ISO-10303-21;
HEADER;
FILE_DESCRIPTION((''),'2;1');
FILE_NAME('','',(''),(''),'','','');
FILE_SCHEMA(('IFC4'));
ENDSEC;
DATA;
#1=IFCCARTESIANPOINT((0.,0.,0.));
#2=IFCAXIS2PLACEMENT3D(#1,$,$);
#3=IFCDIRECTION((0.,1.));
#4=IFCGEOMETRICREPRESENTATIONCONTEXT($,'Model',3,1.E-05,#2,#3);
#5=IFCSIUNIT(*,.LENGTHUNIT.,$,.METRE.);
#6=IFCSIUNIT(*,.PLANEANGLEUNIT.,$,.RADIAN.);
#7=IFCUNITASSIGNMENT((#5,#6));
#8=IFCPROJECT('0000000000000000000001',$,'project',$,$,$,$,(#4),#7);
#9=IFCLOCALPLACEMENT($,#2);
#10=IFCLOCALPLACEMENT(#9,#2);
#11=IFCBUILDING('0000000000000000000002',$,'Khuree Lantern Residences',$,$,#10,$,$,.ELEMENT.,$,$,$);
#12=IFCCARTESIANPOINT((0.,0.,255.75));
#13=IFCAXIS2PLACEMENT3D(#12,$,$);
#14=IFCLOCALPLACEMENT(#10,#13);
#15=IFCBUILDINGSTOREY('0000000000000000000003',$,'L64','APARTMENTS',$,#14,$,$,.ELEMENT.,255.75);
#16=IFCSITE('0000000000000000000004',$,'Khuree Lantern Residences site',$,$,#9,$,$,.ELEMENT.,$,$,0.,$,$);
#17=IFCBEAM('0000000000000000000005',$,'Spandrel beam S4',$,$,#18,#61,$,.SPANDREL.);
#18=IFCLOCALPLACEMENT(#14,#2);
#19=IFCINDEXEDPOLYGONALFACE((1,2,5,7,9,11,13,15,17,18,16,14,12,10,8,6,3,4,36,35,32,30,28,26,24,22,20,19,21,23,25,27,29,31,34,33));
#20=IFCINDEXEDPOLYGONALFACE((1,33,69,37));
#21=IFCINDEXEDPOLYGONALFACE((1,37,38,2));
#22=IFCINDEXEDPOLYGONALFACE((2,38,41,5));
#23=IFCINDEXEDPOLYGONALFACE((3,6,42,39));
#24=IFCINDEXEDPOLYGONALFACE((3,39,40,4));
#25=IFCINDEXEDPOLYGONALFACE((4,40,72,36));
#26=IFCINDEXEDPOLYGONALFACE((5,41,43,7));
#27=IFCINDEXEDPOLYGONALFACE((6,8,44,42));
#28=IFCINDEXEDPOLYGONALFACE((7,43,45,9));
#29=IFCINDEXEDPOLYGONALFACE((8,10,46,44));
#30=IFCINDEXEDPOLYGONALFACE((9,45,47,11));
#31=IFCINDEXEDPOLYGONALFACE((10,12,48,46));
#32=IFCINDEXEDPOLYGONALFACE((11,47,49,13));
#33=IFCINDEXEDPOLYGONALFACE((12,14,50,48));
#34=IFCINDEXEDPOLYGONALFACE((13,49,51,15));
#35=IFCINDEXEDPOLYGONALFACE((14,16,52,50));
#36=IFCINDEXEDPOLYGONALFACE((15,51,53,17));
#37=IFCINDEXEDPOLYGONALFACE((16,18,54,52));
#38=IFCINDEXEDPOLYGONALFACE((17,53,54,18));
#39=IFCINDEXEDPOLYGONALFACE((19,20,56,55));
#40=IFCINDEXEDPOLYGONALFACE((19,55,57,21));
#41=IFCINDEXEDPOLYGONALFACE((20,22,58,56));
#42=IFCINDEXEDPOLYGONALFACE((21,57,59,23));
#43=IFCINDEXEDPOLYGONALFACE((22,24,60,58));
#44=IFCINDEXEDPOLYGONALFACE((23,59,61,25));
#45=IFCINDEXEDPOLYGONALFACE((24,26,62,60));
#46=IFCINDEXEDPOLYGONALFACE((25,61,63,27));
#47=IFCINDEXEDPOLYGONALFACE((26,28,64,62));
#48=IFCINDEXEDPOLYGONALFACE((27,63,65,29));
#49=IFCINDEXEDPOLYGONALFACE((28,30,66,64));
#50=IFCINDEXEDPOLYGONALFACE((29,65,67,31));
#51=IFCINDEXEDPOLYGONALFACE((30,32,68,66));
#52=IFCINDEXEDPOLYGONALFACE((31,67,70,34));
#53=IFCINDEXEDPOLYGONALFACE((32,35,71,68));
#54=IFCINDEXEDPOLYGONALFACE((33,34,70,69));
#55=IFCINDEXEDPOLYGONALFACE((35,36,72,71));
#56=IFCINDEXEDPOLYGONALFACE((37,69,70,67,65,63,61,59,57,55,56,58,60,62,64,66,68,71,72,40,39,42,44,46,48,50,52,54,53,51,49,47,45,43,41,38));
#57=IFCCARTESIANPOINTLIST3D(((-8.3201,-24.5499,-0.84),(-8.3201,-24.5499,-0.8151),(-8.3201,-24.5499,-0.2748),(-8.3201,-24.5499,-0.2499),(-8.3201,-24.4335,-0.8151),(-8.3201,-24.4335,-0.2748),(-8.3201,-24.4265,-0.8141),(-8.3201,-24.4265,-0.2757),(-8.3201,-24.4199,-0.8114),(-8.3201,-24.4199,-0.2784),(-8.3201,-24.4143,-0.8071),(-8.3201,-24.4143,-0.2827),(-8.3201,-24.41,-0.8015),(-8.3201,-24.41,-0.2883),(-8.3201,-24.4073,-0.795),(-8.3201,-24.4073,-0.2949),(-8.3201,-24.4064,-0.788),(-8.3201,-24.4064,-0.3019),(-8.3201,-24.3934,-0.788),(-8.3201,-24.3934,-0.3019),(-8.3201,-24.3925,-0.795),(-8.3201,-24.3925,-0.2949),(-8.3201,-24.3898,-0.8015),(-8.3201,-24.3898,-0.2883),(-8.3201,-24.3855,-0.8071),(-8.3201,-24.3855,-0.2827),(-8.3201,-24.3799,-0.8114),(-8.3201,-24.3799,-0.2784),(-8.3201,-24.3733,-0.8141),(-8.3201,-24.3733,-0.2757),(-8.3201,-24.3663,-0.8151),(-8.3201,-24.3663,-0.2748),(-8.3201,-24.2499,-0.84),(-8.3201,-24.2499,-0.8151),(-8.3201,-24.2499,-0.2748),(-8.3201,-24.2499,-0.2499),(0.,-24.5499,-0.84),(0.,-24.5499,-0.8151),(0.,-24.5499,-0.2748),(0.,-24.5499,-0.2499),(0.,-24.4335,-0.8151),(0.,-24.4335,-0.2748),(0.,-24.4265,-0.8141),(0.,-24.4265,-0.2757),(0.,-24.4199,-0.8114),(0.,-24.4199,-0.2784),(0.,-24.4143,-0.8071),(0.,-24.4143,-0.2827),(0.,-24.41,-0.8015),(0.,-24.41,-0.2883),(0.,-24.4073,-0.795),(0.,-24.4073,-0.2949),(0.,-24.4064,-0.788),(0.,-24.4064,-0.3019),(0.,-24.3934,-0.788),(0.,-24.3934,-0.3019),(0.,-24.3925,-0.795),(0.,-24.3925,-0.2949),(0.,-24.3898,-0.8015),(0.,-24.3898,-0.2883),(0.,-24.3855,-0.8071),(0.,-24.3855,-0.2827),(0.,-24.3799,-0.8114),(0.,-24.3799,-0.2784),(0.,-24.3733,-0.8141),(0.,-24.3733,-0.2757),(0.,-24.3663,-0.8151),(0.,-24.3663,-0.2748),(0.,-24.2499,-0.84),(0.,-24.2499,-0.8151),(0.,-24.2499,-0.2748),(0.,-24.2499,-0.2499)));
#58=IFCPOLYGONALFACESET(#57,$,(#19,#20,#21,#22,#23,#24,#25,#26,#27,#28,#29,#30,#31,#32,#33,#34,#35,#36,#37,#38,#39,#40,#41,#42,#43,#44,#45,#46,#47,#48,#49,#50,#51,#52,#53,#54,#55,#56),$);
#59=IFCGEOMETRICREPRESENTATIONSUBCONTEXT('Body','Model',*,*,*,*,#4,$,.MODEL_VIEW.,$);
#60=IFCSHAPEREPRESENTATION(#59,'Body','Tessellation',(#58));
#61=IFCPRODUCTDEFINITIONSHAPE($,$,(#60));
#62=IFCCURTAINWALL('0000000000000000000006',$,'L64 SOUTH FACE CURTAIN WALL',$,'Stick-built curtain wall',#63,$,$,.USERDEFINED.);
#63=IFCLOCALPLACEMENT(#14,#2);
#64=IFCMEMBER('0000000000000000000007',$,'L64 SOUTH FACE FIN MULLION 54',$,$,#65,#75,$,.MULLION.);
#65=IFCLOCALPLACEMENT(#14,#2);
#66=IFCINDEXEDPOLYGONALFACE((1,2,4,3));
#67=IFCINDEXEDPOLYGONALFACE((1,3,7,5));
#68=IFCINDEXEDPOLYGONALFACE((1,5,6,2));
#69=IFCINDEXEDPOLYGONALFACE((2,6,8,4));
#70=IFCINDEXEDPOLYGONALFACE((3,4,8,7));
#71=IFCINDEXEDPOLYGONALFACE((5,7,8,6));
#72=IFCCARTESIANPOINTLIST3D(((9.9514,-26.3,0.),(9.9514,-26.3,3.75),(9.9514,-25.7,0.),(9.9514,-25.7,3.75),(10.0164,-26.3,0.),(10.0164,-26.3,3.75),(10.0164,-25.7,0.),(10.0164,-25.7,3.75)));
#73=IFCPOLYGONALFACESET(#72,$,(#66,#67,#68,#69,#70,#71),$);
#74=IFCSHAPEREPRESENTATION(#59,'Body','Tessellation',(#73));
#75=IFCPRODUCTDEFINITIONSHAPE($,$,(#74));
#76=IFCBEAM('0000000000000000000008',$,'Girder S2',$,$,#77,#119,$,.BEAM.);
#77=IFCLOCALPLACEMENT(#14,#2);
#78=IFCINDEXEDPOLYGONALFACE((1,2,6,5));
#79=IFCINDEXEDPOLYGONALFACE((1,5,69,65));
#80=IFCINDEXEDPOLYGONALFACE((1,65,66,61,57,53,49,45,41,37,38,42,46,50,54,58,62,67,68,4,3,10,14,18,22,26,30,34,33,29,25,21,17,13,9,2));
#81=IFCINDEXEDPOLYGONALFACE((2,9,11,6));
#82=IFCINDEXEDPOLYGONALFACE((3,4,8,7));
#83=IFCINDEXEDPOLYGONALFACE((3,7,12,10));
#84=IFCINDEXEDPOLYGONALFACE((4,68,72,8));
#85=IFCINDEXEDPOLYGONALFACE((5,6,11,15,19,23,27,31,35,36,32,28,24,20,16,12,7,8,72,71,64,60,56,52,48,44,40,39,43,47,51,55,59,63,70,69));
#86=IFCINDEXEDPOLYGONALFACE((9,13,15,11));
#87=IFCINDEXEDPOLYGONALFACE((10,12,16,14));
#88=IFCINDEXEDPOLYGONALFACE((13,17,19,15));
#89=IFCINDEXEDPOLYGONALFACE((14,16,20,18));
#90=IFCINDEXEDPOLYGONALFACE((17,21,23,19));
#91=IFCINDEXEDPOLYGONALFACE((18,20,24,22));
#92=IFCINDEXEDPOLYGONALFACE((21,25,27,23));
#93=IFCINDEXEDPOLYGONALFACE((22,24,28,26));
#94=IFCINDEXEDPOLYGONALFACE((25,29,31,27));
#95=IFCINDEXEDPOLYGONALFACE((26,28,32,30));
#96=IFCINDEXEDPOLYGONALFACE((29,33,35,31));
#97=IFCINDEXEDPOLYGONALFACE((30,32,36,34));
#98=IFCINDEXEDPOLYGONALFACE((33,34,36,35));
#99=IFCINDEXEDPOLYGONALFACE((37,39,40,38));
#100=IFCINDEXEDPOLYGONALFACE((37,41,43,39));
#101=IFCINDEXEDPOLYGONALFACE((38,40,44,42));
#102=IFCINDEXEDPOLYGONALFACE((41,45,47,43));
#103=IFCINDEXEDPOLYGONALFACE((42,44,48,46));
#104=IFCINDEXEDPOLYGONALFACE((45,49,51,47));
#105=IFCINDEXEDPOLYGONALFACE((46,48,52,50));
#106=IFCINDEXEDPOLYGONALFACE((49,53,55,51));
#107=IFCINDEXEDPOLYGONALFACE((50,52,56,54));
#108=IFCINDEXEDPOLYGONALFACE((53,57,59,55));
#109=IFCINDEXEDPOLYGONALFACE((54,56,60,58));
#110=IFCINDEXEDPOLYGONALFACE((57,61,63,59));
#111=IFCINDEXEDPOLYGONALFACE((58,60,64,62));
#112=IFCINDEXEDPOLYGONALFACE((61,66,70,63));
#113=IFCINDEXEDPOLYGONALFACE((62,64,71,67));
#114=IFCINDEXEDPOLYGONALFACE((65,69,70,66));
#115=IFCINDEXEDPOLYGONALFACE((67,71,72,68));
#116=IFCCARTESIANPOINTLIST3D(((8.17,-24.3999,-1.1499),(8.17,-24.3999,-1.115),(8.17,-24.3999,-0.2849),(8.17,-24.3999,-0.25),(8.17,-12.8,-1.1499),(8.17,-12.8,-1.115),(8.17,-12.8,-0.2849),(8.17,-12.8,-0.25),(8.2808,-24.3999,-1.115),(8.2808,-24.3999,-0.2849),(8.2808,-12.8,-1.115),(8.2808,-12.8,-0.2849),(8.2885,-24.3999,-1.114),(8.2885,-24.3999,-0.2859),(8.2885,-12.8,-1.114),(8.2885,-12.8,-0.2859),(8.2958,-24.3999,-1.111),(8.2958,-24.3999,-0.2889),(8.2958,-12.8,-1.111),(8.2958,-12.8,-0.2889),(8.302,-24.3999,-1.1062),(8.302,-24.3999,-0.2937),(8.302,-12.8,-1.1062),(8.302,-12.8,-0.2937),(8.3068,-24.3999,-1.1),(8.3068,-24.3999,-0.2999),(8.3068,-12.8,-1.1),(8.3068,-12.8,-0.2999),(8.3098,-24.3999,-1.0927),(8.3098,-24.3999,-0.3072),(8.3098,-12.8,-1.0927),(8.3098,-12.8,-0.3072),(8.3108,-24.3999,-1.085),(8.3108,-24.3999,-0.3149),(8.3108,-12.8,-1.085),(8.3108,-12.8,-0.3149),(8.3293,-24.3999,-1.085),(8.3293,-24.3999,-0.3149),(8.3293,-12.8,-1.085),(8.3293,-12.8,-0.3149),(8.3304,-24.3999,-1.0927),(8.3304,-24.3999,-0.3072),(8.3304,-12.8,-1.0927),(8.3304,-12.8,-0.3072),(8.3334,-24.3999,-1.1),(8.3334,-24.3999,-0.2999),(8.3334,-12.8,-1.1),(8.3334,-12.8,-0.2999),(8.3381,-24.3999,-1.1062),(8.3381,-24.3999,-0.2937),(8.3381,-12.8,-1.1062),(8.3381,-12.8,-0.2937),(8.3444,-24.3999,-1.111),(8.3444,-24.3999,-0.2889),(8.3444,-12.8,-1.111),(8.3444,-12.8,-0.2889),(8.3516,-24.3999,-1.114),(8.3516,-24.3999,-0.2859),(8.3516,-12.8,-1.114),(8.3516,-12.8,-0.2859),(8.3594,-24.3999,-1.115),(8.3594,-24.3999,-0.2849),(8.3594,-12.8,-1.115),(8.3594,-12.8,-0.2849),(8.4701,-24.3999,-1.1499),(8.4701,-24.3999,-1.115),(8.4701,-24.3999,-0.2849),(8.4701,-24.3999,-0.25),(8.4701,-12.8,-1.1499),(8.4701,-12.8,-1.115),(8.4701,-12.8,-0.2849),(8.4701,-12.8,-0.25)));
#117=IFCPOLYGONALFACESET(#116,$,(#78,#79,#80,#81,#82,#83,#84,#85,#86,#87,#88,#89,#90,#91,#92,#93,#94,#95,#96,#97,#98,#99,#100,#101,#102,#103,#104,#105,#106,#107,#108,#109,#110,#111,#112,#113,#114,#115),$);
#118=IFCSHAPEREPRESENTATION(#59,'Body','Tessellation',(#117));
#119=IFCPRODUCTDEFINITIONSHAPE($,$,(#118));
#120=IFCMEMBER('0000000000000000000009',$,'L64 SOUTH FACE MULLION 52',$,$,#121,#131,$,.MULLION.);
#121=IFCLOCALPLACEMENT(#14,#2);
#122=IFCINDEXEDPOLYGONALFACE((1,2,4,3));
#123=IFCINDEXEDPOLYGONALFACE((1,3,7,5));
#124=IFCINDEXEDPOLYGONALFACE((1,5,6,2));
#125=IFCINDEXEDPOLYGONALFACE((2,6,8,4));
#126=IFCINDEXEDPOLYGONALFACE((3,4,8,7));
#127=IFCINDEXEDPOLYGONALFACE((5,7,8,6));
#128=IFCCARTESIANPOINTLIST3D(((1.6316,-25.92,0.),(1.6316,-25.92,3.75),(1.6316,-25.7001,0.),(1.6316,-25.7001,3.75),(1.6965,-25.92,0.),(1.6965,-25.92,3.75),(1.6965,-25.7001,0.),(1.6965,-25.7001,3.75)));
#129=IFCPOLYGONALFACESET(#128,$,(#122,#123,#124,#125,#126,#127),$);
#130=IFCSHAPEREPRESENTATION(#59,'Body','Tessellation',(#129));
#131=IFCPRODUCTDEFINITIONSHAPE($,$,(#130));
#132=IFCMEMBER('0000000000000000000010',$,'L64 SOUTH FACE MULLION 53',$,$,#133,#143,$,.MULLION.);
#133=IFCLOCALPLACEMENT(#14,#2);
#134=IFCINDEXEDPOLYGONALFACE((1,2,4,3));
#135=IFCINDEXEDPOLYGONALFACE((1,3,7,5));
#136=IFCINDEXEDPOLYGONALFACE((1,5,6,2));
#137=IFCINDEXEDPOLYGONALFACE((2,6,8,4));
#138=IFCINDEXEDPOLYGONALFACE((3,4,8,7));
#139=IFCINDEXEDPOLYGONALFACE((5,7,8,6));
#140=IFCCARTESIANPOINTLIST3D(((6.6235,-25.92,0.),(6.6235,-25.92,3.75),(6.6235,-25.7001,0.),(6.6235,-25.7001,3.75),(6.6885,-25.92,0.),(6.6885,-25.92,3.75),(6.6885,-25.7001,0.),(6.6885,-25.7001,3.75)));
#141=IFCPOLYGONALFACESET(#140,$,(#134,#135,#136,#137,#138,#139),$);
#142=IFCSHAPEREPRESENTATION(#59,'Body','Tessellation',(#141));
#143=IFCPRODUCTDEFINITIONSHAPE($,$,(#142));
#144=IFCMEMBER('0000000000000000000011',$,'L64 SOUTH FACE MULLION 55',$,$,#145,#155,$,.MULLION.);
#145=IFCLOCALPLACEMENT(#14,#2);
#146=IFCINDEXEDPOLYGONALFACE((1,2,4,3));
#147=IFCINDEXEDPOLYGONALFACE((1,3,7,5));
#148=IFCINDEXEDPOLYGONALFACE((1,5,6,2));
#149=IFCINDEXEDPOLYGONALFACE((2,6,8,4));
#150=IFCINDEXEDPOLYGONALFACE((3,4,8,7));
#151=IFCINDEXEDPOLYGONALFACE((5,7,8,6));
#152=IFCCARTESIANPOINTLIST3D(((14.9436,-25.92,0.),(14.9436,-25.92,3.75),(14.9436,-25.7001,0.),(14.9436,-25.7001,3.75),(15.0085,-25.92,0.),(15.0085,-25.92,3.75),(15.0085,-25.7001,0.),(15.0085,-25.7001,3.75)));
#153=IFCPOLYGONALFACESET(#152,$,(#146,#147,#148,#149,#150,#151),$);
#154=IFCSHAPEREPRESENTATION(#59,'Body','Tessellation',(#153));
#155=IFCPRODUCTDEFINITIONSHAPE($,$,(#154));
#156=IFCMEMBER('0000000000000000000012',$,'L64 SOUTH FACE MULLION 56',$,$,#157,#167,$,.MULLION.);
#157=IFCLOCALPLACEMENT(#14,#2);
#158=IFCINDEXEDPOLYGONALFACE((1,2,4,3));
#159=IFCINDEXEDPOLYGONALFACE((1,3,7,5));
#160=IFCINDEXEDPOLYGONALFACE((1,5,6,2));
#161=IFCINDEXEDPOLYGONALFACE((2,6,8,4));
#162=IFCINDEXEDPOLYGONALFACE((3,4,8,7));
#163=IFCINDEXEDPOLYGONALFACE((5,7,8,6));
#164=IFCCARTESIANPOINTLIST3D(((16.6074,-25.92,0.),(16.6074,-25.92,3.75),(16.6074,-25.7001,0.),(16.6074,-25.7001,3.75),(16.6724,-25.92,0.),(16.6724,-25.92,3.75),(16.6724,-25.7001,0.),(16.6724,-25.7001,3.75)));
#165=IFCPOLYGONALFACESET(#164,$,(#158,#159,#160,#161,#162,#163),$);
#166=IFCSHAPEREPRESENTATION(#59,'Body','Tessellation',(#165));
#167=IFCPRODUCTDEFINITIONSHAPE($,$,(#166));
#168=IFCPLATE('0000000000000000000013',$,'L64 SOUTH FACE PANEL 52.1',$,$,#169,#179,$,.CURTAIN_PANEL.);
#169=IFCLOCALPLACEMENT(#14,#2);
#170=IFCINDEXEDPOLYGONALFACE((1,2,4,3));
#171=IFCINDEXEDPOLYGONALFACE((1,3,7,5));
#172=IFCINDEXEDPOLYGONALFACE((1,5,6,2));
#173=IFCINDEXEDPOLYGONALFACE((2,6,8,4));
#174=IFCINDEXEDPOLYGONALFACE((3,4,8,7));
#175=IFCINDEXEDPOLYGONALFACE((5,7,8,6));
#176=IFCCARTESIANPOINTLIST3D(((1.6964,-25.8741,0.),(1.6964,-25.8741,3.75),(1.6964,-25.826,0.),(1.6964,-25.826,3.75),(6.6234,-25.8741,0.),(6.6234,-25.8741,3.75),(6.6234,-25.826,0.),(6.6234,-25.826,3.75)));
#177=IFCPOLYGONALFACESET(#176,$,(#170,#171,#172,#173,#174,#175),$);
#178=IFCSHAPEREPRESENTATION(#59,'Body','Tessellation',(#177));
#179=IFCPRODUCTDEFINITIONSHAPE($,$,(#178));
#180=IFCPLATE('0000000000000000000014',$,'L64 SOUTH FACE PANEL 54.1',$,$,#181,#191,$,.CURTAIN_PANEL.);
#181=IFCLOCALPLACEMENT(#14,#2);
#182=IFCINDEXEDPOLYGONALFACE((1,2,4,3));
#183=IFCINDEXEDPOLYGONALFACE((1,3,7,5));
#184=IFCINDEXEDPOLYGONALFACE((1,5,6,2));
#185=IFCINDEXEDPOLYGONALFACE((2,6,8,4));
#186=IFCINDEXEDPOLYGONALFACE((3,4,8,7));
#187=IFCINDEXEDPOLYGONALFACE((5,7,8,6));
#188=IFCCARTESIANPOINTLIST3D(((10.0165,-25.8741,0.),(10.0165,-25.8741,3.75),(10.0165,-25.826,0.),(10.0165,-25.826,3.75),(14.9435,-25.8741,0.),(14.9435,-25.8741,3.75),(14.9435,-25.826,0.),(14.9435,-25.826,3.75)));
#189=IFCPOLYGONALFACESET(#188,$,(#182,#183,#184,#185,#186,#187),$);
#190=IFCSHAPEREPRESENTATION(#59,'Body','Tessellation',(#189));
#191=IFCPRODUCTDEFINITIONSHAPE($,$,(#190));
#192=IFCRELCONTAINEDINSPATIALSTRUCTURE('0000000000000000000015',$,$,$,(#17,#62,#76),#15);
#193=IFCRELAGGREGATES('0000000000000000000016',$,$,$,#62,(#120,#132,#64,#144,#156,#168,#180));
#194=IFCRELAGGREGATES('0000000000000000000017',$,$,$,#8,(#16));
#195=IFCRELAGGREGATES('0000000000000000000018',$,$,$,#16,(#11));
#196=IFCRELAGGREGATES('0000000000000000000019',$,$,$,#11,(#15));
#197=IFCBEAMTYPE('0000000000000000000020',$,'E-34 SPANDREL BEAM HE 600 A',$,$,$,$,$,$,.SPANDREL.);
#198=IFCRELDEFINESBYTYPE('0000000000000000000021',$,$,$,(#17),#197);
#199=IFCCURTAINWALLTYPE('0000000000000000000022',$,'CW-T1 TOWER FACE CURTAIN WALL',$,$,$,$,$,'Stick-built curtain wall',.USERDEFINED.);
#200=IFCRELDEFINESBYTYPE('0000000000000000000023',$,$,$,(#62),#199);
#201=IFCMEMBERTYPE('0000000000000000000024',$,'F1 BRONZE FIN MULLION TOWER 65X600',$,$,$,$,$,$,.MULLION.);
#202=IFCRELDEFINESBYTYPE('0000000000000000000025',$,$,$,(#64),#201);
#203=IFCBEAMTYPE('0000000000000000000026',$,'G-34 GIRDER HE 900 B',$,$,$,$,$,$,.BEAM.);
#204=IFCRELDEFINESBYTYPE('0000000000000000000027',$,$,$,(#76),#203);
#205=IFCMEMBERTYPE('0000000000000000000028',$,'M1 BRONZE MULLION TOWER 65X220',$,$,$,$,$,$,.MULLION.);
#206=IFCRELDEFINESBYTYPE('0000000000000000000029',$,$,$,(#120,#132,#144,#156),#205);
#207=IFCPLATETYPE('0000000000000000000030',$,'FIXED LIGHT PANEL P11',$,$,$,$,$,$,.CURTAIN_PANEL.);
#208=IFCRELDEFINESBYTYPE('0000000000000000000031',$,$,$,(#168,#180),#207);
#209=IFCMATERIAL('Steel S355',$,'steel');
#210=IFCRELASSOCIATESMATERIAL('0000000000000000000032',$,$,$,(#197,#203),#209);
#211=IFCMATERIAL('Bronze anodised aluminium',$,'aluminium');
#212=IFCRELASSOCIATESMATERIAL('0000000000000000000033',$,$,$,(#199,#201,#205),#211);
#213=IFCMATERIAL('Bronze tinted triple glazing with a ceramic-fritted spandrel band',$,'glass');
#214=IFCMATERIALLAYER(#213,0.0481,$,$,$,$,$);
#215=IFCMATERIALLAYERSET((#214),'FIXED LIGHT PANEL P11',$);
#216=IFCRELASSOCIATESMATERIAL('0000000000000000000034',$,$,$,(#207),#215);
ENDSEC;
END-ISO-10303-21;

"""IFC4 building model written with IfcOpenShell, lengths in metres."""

from ifc_helpers import new_model, si_unit, direction, frame, origin, origin_2d, place, context, subcontext, project, spatial, rectangle, i_section, extrude, material, layer, layer_set, material_profile, profile_set, type_object, element, aggregate, save


model = new_model("IFC4")

# Units and contexts
model_context = context("Model", 3, precision=1e-05, world=origin(), true_north=direction((0.0, 1.0)))
body_context = subcontext(model_context, "Body", "Model", "MODEL_VIEW")
ifc_project = project(units=[si_unit("LENGTHUNIT", "METRE"), si_unit("PLANEANGLEUNIT", "RADIAN")], contexts=[model_context])

# Site, building, storey
site_placement = place(None, origin())
site = spatial("IfcSite", under=ifc_project, at=site_placement, Name="Khuree Lantern Residences site", CompositionType="ELEMENT", RefElevation=0.0)
building_placement = place(site_placement, origin())
building = spatial("IfcBuilding", under=site, at=building_placement, Name="Khuree Lantern Residences", CompositionType="ELEMENT")
storey_placement = place(building_placement, frame((0.0, 0.0, 255.75)))
storey = spatial("IfcBuildingStorey", under=building, at=storey_placement, Name="L64", Description="APARTMENTS", CompositionType="ELEMENT", Elevation=255.75)

# Beam
ifc_material_1 = material(Name="Steel S355", Category="steel")
ifc_material_profile_1 = material_profile(ifc_material_1, i_section(OverallWidth=0.3, OverallDepth=0.5901, WebThickness=0.0129, FlangeThickness=0.0249, FilletRadius=0.0271, at=origin_2d()), Name="HE 600 A")
ifc_profile_set_1 = profile_set([ifc_material_profile_1], Name="Steel S355")
beam_type_1 = type_object("IfcBeamType", Name="E-34 SPANDREL BEAM HE 600 A", PredefinedType="SPANDREL", material=ifc_profile_set_1)
for number, where, z_axis, x_axis, name in (
    (1, (0.0, -24.3999, -0.5449), (-1.0, 0.0, 0.0), (0.0, -1.0, 0.0), "Spandrel beam S4"),
):
    element("IfcBeam", number, at=place(storey_placement, frame(where, z_axis=z_axis, x_axis=x_axis)), inside=storey, type_object=beam_type_1, Name=name, PredefinedType="SPANDREL", context=body_context, shape_type="SweptSolid", body=[
        extrude(i_section(OverallWidth=0.3, OverallDepth=0.5901, WebThickness=0.0129, FlangeThickness=0.0249, FilletRadius=0.0271, at=origin_2d()), origin(), (0.0, 0.0, 1.0), 8.3201),
    ])

# Curtain wall, member
ifc_material_2 = material(Name="Bronze anodised aluminium", Category="aluminium")
curtain_wall_type = type_object("IfcCurtainWallType", Name="CW-T1 TOWER FACE CURTAIN WALL", ElementType="Stick-built curtain wall", PredefinedType="USERDEFINED", material=ifc_material_2)
curtain_wall_placement = place(storey_placement, origin())
curtain_wall = element("IfcCurtainWall", 2, at=curtain_wall_placement, inside=storey, type_object=curtain_wall_type, Name="L64 SOUTH FACE CURTAIN WALL", ObjectType="Stick-built curtain wall", PredefinedType="USERDEFINED")
ifc_material_profile_2 = material_profile(ifc_material_2, rectangle(XDim=0.0649, YDim=0.6001, at=origin_2d()), Name="F1 65X600")
ifc_profile_set_2 = profile_set([ifc_material_profile_2], Name="Bronze anodised aluminium")
member_type_1 = type_object("IfcMemberType", Name="F1 BRONZE FIN MULLION TOWER 65X600", PredefinedType="MULLION", material=ifc_profile_set_2)
member_1_placement = place(storey_placement, frame((9.9839, -26.0, 0.0), z_axis=(0.0, 0.0, 1.0), x_axis=(1.0, 0.0, 0.0)))
member_1 = element("IfcMember", 3, at=member_1_placement, type_object=member_type_1, Name="L64 SOUTH FACE FIN MULLION 54", PredefinedType="MULLION", context=body_context, shape_type="SweptSolid", body=[
    extrude(rectangle(XDim=0.0649, YDim=0.6001, at=origin_2d()), origin(), (0.0, 0.0, 1.0), 3.75),
])

# Beam
ifc_material_profile_3 = material_profile(ifc_material_1, i_section(OverallWidth=0.3, OverallDepth=0.8999, WebThickness=0.0186, FlangeThickness=0.0349, FilletRadius=0.03, at=origin_2d()), Name="HE 900 B")
ifc_profile_set_3 = profile_set([ifc_material_profile_3], Name="Steel S355")
beam_type_2 = type_object("IfcBeamType", Name="G-34 GIRDER HE 900 B", PredefinedType="BEAM", material=ifc_profile_set_3)
beam_placement = place(storey_placement, frame((8.3201, -24.3999, -0.7), z_axis=(0.0, 1.0, 0.0), x_axis=(-1.0, 0.0, 0.0)))
element("IfcBeam", 4, at=beam_placement, inside=storey, type_object=beam_type_2, Name="Girder S2", PredefinedType="BEAM", context=body_context, shape_type="SweptSolid", body=[
    extrude(i_section(OverallWidth=0.3, OverallDepth=0.8999, WebThickness=0.0186, FlangeThickness=0.0349, FilletRadius=0.03, at=origin_2d()), origin(), (0.0, 0.0, 1.0), 11.5999),
])

# Members
ifc_material_profile_4 = material_profile(ifc_material_2, rectangle(XDim=0.0649, YDim=0.22, at=origin_2d()), Name="M1 65X220")
ifc_profile_set_4 = profile_set([ifc_material_profile_4], Name="Bronze anodised aluminium")
member_type_2 = type_object("IfcMemberType", Name="M1 BRONZE MULLION TOWER 65X220", PredefinedType="MULLION", material=ifc_profile_set_4)
member_2_placement = place(storey_placement, frame((1.6641, -25.8101, 0.0), z_axis=(0.0, 0.0, 1.0), x_axis=(1.0, 0.0, 0.0)))
member_2 = element("IfcMember", 5, at=member_2_placement, type_object=member_type_2, Name="L64 SOUTH FACE MULLION 52", PredefinedType="MULLION", context=body_context, shape_type="SweptSolid", body=[
    extrude(rectangle(XDim=0.0649, YDim=0.22, at=origin_2d()), origin(), (0.0, 0.0, 1.0), 3.75),
])
member_3_placement = place(storey_placement, frame((6.656, -25.8101, 0.0), z_axis=(0.0, 0.0, 1.0), x_axis=(1.0, 0.0, 0.0)))
member_3 = element("IfcMember", 6, at=member_3_placement, type_object=member_type_2, Name="L64 SOUTH FACE MULLION 53", PredefinedType="MULLION", context=body_context, shape_type="SweptSolid", body=[
    extrude(rectangle(XDim=0.0649, YDim=0.22, at=origin_2d()), origin(), (0.0, 0.0, 1.0), 3.75),
])
member_4_placement = place(storey_placement, frame((14.9761, -25.8101, 0.0), z_axis=(0.0, 0.0, 1.0), x_axis=(1.0, 0.0, 0.0)))
member_4 = element("IfcMember", 7, at=member_4_placement, type_object=member_type_2, Name="L64 SOUTH FACE MULLION 55", PredefinedType="MULLION", context=body_context, shape_type="SweptSolid", body=[
    extrude(rectangle(XDim=0.0649, YDim=0.22, at=origin_2d()), origin(), (0.0, 0.0, 1.0), 3.75),
])
member_5_placement = place(storey_placement, frame((16.6399, -25.8101, 0.0), z_axis=(0.0, 0.0, 1.0), x_axis=(1.0, 0.0, 0.0)))
member_5 = element("IfcMember", 8, at=member_5_placement, type_object=member_type_2, Name="L64 SOUTH FACE MULLION 56", PredefinedType="MULLION", context=body_context, shape_type="SweptSolid", body=[
    extrude(rectangle(XDim=0.0649, YDim=0.22, at=origin_2d()), origin(), (0.0, 0.0, 1.0), 3.75),
])

# Plates
ifc_material_3 = material(Name="Bronze tinted triple glazing with a ceramic-fritted spandrel band", Category="glass")
ifc_layer_1 = layer(ifc_material_3, 0.0481)
ifc_layer_set_1 = layer_set([ifc_layer_1], Name="FIXED LIGHT PANEL P11")
plate_type_1 = type_object("IfcPlateType", Name="FIXED LIGHT PANEL P11", PredefinedType="CURTAIN_PANEL", material=ifc_layer_set_1)
plate_1_placement = place(storey_placement, frame((4.1599, -25.8501, 0.0), z_axis=(0.0, 0.0, 1.0), x_axis=(1.0, 0.0, 0.0)))
plate_1 = element("IfcPlate", 9, at=plate_1_placement, type_object=plate_type_1, Name="L64 SOUTH FACE PANEL 52.1", PredefinedType="CURTAIN_PANEL", context=body_context, shape_type="SweptSolid", body=[
    extrude(rectangle(XDim=4.927, YDim=0.0481, at=origin_2d()), origin(), (0.0, 0.0, 1.0), 3.75),
])
plate_2_placement = place(storey_placement, frame((12.48, -25.8501, 0.0), z_axis=(0.0, 0.0, 1.0), x_axis=(1.0, 0.0, 0.0)))
plate_2 = element("IfcPlate", 10, at=plate_2_placement, type_object=plate_type_1, Name="L64 SOUTH FACE PANEL 54.1", PredefinedType="CURTAIN_PANEL", context=body_context, shape_type="SweptSolid", body=[
    extrude(rectangle(XDim=4.927, YDim=0.0481, at=origin_2d()), origin(), (0.0, 0.0, 1.0), 3.75),
])
aggregate(curtain_wall, [member_2, member_3, member_1, member_4, member_5, plate_1, plate_2])

save(model, "model.ifc")
